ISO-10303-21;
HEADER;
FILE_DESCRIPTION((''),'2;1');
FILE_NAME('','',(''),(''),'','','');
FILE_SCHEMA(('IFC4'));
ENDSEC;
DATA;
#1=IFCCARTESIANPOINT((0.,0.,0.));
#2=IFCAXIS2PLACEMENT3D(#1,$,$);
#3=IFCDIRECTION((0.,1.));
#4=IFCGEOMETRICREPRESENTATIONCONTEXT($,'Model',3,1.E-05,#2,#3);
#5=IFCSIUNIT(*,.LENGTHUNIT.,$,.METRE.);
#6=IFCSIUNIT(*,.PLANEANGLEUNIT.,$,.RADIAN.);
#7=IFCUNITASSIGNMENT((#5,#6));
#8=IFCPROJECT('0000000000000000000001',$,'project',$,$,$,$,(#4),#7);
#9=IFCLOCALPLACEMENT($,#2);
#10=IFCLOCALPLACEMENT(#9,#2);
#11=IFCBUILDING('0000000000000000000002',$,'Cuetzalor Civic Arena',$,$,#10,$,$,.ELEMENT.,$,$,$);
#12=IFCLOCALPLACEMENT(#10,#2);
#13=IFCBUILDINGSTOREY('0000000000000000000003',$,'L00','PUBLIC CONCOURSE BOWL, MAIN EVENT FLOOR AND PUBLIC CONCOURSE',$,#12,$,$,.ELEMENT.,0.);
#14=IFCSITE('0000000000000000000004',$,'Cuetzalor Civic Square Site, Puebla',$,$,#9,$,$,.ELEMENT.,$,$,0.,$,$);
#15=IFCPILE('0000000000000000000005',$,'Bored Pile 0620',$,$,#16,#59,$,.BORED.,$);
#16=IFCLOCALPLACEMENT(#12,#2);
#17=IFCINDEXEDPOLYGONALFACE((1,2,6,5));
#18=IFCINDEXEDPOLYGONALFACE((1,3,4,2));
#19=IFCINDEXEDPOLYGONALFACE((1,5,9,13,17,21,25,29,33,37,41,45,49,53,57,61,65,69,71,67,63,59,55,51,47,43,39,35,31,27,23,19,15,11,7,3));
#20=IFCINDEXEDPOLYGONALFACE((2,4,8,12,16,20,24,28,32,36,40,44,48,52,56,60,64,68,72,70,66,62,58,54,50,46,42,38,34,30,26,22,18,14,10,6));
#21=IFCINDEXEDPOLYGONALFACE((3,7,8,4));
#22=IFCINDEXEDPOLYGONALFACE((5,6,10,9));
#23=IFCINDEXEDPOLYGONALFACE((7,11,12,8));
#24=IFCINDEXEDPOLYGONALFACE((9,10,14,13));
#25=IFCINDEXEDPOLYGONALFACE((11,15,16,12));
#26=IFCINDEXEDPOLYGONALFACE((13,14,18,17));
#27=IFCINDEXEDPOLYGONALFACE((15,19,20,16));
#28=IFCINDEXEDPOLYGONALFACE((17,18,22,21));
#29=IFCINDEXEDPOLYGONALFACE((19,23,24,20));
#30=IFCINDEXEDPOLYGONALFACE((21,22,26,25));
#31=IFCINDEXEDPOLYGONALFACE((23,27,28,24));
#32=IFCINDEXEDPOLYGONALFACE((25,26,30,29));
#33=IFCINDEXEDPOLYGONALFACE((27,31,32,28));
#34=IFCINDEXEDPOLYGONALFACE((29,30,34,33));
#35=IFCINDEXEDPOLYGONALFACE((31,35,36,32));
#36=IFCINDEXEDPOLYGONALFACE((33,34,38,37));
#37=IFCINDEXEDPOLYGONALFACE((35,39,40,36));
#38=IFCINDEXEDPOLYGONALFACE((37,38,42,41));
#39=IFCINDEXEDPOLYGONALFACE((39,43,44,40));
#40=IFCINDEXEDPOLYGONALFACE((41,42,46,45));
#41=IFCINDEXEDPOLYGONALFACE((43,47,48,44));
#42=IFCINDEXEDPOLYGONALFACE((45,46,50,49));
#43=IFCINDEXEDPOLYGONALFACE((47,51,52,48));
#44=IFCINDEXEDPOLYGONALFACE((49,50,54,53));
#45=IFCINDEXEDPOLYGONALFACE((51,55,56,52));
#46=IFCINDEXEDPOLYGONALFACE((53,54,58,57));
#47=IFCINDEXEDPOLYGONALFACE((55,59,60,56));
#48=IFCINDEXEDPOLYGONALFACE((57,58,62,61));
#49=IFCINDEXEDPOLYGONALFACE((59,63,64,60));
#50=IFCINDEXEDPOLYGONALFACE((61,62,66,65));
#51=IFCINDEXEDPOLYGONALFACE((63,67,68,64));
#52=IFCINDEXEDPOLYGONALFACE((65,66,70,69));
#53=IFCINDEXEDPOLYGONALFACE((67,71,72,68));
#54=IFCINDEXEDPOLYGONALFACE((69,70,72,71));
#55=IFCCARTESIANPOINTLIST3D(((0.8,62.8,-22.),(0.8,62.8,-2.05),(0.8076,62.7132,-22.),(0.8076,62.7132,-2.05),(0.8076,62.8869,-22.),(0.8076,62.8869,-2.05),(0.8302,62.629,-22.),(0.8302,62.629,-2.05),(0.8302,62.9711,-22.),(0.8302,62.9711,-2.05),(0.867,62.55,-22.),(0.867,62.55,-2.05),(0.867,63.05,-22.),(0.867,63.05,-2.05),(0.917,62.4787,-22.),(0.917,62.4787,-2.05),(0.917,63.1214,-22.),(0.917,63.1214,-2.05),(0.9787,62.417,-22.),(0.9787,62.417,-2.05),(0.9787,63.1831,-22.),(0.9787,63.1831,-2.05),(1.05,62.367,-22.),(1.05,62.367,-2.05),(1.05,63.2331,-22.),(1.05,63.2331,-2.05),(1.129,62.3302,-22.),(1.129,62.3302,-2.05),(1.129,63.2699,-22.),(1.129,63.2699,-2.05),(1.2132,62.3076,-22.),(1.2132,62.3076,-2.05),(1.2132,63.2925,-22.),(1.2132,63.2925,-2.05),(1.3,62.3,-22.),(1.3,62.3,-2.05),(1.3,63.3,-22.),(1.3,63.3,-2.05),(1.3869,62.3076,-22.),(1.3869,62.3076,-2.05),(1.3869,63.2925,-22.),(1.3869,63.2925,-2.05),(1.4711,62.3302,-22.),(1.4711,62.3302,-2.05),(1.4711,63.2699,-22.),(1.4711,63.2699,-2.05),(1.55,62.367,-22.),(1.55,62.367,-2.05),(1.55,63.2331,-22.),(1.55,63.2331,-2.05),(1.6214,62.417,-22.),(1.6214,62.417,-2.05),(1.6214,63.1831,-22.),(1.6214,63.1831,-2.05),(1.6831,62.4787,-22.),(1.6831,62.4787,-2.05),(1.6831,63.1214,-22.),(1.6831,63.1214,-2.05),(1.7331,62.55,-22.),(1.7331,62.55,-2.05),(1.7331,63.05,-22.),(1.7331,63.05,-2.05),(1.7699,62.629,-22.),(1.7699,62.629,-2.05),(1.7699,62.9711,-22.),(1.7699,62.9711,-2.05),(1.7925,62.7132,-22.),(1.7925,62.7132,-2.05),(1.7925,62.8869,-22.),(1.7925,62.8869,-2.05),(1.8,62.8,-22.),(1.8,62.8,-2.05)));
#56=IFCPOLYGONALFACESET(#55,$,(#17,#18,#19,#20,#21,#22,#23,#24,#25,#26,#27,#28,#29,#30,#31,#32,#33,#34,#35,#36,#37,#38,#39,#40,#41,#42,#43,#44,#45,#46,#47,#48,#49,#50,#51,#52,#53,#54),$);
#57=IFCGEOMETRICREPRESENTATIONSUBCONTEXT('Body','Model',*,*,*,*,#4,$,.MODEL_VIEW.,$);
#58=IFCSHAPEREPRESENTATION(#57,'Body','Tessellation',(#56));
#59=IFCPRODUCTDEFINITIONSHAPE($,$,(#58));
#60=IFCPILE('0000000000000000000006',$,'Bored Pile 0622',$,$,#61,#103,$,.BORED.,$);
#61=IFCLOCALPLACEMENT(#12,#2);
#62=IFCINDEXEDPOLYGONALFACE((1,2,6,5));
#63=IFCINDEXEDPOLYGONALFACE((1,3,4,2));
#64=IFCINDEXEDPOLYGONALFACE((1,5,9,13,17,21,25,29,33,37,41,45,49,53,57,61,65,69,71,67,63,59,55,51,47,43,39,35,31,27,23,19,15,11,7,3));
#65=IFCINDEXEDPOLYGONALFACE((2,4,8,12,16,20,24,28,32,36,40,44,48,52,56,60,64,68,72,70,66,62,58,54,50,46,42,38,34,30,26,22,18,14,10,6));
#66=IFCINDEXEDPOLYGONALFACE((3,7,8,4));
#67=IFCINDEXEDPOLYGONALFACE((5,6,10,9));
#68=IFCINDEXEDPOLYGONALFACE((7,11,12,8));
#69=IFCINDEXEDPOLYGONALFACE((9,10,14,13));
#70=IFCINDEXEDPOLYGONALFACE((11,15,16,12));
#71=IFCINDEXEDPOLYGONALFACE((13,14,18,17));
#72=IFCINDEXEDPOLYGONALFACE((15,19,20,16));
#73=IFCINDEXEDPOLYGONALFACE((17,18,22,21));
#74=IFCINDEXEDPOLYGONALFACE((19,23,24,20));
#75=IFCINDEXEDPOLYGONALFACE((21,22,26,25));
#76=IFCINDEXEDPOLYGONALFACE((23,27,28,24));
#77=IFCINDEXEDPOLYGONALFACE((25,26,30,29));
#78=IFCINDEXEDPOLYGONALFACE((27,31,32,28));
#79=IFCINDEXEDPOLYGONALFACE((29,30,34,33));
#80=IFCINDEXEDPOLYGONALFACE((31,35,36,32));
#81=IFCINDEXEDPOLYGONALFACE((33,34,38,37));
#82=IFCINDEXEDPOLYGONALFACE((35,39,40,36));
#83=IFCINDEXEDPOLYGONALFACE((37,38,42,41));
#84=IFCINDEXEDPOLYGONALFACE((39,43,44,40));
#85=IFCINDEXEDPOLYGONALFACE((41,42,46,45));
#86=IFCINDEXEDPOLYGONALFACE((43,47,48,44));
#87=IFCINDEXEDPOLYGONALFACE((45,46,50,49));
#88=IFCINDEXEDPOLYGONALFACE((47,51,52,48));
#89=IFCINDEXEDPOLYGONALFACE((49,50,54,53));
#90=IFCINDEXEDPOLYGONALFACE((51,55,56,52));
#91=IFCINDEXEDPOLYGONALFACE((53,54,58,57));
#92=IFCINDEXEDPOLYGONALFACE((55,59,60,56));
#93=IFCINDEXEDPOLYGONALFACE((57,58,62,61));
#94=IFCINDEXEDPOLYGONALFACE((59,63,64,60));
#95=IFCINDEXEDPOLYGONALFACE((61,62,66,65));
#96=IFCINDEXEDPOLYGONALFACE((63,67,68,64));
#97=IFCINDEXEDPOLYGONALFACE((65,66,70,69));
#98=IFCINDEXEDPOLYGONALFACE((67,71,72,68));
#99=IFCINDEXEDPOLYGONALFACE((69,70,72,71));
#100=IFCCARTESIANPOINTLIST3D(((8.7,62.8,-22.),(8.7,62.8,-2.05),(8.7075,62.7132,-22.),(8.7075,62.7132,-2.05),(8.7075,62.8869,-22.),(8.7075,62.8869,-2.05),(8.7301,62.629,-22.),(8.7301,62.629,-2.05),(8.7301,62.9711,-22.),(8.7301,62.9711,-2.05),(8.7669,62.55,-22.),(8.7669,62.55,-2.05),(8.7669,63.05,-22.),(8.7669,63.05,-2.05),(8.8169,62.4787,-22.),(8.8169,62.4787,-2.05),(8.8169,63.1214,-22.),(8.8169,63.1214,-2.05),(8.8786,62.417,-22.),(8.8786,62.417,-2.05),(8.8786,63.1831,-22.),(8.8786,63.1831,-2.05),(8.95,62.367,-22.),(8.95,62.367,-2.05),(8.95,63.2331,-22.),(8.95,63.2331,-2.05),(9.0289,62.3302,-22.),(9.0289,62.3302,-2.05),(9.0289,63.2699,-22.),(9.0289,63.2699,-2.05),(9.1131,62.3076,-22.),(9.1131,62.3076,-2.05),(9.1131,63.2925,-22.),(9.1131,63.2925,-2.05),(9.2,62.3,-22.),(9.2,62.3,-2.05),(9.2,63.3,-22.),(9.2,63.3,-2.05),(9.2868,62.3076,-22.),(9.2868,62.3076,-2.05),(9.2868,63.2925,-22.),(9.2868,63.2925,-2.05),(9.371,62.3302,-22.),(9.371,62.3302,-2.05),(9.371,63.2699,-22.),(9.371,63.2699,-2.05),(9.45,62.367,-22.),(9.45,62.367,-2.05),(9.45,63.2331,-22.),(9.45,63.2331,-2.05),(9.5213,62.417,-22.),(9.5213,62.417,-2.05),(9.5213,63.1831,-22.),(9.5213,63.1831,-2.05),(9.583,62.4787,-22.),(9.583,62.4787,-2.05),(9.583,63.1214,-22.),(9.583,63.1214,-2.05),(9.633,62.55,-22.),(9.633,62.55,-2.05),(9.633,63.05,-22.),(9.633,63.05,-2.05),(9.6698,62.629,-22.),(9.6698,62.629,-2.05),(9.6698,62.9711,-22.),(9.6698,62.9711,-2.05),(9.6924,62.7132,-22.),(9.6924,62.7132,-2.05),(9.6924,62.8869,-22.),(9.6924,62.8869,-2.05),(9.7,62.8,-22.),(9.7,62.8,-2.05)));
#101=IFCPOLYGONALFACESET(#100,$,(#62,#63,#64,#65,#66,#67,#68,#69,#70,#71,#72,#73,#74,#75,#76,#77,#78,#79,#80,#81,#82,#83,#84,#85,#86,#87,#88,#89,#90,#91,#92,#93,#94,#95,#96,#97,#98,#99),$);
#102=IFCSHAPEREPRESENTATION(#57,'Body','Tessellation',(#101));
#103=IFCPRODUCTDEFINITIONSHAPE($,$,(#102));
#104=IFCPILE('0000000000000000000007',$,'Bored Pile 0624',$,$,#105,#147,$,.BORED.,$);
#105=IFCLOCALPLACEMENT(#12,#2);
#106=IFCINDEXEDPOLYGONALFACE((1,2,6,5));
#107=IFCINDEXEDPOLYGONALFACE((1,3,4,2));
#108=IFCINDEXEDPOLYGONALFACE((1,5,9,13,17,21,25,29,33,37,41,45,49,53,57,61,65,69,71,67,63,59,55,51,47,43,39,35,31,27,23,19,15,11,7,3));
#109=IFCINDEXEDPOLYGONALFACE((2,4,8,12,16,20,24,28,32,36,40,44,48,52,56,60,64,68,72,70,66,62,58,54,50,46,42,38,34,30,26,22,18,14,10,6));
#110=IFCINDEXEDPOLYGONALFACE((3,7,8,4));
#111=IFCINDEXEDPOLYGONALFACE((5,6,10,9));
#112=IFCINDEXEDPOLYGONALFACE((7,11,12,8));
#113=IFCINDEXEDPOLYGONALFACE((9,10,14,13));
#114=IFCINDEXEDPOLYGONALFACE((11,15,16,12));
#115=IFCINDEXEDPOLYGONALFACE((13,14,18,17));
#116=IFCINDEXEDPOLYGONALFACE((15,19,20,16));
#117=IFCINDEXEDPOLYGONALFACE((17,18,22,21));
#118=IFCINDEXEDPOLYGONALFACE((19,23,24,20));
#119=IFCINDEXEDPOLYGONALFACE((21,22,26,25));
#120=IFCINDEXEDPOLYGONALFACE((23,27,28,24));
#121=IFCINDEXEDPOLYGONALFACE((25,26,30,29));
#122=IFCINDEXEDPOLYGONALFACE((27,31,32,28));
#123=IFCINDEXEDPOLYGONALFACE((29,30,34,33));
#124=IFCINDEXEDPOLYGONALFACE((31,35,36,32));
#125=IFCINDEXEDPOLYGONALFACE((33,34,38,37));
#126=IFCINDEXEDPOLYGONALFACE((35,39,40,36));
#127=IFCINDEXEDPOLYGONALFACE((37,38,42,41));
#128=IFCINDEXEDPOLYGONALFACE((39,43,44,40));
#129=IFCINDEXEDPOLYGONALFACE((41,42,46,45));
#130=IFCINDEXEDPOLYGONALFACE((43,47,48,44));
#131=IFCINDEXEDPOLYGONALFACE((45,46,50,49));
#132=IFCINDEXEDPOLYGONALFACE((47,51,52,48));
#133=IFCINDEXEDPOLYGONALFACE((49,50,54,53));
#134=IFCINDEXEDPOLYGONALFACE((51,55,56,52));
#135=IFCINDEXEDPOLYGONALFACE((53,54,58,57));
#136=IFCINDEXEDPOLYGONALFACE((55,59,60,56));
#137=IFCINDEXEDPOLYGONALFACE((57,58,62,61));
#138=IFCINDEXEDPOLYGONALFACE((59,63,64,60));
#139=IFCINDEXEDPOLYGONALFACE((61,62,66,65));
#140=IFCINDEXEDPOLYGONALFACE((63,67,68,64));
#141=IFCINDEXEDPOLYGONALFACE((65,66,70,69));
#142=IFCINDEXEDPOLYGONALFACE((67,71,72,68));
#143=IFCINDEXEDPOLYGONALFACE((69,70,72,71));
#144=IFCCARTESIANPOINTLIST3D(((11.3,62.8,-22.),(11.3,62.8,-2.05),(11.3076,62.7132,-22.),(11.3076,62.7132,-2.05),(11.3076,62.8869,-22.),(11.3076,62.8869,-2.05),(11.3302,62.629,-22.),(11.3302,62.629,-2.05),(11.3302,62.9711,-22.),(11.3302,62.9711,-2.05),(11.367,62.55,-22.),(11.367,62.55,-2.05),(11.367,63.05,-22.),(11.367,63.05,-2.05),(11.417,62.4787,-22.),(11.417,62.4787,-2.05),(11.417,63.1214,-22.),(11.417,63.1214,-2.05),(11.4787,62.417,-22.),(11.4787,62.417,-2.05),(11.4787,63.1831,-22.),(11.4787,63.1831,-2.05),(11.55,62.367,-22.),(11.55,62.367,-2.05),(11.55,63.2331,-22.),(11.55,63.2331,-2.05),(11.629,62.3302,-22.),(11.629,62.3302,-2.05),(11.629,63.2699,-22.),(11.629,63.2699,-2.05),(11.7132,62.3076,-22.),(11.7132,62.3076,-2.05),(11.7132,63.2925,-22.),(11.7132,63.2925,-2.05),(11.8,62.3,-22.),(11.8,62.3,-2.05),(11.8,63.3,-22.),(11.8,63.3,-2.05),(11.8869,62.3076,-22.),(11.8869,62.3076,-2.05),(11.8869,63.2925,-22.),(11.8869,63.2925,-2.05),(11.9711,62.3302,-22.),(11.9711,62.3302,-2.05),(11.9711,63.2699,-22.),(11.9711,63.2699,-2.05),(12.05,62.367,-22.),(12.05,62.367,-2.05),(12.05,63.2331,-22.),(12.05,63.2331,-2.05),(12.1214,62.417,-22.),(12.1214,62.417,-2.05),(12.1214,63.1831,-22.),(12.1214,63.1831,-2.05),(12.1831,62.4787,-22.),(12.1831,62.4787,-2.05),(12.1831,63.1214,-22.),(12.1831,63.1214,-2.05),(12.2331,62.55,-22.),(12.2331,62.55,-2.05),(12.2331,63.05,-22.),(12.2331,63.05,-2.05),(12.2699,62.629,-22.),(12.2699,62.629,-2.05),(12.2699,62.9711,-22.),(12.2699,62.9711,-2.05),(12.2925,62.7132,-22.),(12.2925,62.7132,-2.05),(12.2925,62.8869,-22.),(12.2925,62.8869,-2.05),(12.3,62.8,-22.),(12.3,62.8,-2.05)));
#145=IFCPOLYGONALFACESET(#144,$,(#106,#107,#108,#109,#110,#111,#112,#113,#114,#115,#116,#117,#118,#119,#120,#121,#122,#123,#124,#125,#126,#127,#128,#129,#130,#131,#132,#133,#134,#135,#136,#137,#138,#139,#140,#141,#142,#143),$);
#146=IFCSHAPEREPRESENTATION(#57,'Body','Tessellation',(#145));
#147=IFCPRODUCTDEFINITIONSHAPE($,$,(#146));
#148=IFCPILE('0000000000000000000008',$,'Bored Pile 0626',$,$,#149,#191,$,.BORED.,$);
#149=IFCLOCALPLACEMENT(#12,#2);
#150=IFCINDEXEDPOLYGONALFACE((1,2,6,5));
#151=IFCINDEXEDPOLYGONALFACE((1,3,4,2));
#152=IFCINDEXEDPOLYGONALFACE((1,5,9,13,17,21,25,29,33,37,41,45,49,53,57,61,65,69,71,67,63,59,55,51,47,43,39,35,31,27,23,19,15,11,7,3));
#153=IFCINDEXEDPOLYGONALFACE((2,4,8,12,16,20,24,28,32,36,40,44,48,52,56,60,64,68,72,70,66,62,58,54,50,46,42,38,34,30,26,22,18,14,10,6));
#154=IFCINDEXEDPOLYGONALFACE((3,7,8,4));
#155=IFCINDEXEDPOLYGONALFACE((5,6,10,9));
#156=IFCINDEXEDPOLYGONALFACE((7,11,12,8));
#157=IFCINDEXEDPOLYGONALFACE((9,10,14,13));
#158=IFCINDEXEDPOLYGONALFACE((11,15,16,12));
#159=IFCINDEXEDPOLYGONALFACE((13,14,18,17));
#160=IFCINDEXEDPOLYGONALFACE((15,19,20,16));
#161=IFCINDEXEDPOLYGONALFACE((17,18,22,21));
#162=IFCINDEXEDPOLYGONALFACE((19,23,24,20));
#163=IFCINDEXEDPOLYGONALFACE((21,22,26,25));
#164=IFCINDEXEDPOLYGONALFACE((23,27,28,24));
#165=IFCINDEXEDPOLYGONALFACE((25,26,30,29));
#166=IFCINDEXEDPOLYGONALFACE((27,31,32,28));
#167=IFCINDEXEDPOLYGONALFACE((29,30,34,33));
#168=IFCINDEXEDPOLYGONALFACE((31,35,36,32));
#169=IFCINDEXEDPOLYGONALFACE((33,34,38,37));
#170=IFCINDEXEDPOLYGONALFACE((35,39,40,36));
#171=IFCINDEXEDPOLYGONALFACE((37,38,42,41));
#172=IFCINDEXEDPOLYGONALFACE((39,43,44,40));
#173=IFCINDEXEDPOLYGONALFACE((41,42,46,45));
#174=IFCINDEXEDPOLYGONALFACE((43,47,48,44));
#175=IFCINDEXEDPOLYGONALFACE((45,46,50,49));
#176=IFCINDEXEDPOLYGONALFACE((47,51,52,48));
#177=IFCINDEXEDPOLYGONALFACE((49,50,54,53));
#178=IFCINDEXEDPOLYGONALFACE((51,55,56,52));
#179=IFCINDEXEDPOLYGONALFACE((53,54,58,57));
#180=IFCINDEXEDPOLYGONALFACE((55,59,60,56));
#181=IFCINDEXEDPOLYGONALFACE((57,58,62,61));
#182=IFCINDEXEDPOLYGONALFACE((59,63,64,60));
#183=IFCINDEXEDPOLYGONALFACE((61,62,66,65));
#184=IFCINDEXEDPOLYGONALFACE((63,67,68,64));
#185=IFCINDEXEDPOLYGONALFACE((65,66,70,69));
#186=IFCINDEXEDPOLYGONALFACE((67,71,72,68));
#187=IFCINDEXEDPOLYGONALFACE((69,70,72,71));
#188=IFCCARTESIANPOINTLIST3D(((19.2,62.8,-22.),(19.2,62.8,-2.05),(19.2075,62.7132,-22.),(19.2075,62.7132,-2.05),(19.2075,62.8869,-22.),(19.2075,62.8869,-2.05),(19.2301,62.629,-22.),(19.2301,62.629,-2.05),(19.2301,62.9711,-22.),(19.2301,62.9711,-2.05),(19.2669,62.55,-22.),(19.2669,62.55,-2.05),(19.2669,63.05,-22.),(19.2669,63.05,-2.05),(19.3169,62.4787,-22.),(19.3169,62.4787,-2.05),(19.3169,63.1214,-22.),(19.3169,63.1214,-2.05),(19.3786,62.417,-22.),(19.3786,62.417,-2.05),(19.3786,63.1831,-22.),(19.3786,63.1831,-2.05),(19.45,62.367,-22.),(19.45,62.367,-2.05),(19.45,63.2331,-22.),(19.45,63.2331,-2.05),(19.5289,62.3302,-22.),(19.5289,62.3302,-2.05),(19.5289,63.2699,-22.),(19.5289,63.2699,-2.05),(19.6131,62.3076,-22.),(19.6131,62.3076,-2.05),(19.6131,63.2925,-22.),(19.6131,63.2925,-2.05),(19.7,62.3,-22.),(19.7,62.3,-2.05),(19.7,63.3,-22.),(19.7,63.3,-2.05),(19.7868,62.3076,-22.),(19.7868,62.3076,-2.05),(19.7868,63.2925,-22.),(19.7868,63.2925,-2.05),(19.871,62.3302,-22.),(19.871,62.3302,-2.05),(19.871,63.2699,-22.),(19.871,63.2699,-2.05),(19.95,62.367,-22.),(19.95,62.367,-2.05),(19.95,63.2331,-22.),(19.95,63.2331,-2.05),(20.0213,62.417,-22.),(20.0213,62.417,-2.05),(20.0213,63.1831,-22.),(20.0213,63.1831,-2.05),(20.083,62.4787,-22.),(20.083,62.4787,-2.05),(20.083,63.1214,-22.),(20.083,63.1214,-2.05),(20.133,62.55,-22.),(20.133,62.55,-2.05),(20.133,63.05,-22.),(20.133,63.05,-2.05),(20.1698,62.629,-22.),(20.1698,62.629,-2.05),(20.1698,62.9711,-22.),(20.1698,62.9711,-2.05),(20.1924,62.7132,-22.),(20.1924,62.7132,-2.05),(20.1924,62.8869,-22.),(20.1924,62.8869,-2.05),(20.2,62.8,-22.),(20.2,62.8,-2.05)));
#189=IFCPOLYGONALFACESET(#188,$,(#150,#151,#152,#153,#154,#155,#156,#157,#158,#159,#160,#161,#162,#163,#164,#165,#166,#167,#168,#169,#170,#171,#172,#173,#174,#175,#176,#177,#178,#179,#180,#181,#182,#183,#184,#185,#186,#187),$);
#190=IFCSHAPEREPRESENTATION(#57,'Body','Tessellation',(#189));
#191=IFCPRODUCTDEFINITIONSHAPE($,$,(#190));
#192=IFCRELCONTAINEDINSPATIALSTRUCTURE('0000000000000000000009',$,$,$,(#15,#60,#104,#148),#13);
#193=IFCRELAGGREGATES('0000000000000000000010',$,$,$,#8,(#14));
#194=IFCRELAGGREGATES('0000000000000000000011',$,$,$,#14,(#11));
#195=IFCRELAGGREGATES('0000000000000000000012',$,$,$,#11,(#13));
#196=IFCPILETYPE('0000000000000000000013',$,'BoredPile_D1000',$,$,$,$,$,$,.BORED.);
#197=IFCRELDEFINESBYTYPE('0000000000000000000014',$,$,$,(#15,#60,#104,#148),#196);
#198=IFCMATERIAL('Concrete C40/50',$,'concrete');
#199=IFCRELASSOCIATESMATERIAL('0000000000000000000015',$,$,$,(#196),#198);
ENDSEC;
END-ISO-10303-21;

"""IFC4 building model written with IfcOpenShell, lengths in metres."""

from ifc_helpers import new_model, si_unit, direction, frame, origin, origin_2d, place, context, subcontext, project, spatial, circle, extrude, material, material_profile, profile_set, type_object, element, save


model = new_model("IFC4")

# Units and contexts
model_context = context("Model", 3, precision=1e-05, world=origin(), true_north=direction((0.0, 1.0)))
body_context = subcontext(model_context, "Body", "Model", "MODEL_VIEW")
ifc_project = project(units=[si_unit("LENGTHUNIT", "METRE"), si_unit("PLANEANGLEUNIT", "RADIAN")], contexts=[model_context])

# Site, building, storey
site_placement = place(None, origin())
site = spatial("IfcSite", under=ifc_project, at=site_placement, Name="Cuetzalor Civic Square Site, Puebla", CompositionType="ELEMENT", RefElevation=0.0)
building_placement = place(site_placement, origin())
building = spatial("IfcBuilding", under=site, at=building_placement, Name="Cuetzalor Civic Arena", CompositionType="ELEMENT")
storey_placement = place(building_placement, origin())
storey = spatial("IfcBuildingStorey", under=building, at=storey_placement, Name="L00", Description="PUBLIC CONCOURSE BOWL, MAIN EVENT FLOOR AND PUBLIC CONCOURSE", CompositionType="ELEMENT", Elevation=0.0)

# Piles
ifc_material_1 = material(Name="Concrete C40/50", Category="concrete")
ifc_material_profile_1 = material_profile(ifc_material_1, circle(Radius=0.5, at=origin_2d()), Name="BORED PILE D1000")
ifc_profile_set_1 = profile_set([ifc_material_profile_1], Name="Concrete C40/50")
pile_type = type_object("IfcPileType", Name="BoredPile_D1000", PredefinedType="BORED", material=ifc_profile_set_1)
for number, where, z_axis, x_axis, name in (
    (1, (1.3, 62.8, -2.05), (0.0, 0.0, -1.0), (1.0, 0.0, 0.0), "Bored Pile 0620"),
    (2, (9.2, 62.8, -2.05), (0.0, 0.0, -1.0), (1.0, 0.0, 0.0), "Bored Pile 0622"),
    (3, (11.8, 62.8, -2.05), (0.0, 0.0, -1.0), (1.0, 0.0, 0.0), "Bored Pile 0624"),
    (4, (19.7, 62.8, -2.05), (0.0, 0.0, -1.0), (1.0, 0.0, 0.0), "Bored Pile 0626"),
):
    element("IfcPile", number, at=place(storey_placement, frame(where, z_axis=z_axis, x_axis=x_axis)), inside=storey, type_object=pile_type, Name=name, PredefinedType="BORED", context=body_context, shape_type="SweptSolid", body=[
        extrude(circle(Radius=0.5, at=origin_2d()), origin(), (0.0, 0.0, 1.0), 19.95),
    ])

save(model, "model.ifc")
